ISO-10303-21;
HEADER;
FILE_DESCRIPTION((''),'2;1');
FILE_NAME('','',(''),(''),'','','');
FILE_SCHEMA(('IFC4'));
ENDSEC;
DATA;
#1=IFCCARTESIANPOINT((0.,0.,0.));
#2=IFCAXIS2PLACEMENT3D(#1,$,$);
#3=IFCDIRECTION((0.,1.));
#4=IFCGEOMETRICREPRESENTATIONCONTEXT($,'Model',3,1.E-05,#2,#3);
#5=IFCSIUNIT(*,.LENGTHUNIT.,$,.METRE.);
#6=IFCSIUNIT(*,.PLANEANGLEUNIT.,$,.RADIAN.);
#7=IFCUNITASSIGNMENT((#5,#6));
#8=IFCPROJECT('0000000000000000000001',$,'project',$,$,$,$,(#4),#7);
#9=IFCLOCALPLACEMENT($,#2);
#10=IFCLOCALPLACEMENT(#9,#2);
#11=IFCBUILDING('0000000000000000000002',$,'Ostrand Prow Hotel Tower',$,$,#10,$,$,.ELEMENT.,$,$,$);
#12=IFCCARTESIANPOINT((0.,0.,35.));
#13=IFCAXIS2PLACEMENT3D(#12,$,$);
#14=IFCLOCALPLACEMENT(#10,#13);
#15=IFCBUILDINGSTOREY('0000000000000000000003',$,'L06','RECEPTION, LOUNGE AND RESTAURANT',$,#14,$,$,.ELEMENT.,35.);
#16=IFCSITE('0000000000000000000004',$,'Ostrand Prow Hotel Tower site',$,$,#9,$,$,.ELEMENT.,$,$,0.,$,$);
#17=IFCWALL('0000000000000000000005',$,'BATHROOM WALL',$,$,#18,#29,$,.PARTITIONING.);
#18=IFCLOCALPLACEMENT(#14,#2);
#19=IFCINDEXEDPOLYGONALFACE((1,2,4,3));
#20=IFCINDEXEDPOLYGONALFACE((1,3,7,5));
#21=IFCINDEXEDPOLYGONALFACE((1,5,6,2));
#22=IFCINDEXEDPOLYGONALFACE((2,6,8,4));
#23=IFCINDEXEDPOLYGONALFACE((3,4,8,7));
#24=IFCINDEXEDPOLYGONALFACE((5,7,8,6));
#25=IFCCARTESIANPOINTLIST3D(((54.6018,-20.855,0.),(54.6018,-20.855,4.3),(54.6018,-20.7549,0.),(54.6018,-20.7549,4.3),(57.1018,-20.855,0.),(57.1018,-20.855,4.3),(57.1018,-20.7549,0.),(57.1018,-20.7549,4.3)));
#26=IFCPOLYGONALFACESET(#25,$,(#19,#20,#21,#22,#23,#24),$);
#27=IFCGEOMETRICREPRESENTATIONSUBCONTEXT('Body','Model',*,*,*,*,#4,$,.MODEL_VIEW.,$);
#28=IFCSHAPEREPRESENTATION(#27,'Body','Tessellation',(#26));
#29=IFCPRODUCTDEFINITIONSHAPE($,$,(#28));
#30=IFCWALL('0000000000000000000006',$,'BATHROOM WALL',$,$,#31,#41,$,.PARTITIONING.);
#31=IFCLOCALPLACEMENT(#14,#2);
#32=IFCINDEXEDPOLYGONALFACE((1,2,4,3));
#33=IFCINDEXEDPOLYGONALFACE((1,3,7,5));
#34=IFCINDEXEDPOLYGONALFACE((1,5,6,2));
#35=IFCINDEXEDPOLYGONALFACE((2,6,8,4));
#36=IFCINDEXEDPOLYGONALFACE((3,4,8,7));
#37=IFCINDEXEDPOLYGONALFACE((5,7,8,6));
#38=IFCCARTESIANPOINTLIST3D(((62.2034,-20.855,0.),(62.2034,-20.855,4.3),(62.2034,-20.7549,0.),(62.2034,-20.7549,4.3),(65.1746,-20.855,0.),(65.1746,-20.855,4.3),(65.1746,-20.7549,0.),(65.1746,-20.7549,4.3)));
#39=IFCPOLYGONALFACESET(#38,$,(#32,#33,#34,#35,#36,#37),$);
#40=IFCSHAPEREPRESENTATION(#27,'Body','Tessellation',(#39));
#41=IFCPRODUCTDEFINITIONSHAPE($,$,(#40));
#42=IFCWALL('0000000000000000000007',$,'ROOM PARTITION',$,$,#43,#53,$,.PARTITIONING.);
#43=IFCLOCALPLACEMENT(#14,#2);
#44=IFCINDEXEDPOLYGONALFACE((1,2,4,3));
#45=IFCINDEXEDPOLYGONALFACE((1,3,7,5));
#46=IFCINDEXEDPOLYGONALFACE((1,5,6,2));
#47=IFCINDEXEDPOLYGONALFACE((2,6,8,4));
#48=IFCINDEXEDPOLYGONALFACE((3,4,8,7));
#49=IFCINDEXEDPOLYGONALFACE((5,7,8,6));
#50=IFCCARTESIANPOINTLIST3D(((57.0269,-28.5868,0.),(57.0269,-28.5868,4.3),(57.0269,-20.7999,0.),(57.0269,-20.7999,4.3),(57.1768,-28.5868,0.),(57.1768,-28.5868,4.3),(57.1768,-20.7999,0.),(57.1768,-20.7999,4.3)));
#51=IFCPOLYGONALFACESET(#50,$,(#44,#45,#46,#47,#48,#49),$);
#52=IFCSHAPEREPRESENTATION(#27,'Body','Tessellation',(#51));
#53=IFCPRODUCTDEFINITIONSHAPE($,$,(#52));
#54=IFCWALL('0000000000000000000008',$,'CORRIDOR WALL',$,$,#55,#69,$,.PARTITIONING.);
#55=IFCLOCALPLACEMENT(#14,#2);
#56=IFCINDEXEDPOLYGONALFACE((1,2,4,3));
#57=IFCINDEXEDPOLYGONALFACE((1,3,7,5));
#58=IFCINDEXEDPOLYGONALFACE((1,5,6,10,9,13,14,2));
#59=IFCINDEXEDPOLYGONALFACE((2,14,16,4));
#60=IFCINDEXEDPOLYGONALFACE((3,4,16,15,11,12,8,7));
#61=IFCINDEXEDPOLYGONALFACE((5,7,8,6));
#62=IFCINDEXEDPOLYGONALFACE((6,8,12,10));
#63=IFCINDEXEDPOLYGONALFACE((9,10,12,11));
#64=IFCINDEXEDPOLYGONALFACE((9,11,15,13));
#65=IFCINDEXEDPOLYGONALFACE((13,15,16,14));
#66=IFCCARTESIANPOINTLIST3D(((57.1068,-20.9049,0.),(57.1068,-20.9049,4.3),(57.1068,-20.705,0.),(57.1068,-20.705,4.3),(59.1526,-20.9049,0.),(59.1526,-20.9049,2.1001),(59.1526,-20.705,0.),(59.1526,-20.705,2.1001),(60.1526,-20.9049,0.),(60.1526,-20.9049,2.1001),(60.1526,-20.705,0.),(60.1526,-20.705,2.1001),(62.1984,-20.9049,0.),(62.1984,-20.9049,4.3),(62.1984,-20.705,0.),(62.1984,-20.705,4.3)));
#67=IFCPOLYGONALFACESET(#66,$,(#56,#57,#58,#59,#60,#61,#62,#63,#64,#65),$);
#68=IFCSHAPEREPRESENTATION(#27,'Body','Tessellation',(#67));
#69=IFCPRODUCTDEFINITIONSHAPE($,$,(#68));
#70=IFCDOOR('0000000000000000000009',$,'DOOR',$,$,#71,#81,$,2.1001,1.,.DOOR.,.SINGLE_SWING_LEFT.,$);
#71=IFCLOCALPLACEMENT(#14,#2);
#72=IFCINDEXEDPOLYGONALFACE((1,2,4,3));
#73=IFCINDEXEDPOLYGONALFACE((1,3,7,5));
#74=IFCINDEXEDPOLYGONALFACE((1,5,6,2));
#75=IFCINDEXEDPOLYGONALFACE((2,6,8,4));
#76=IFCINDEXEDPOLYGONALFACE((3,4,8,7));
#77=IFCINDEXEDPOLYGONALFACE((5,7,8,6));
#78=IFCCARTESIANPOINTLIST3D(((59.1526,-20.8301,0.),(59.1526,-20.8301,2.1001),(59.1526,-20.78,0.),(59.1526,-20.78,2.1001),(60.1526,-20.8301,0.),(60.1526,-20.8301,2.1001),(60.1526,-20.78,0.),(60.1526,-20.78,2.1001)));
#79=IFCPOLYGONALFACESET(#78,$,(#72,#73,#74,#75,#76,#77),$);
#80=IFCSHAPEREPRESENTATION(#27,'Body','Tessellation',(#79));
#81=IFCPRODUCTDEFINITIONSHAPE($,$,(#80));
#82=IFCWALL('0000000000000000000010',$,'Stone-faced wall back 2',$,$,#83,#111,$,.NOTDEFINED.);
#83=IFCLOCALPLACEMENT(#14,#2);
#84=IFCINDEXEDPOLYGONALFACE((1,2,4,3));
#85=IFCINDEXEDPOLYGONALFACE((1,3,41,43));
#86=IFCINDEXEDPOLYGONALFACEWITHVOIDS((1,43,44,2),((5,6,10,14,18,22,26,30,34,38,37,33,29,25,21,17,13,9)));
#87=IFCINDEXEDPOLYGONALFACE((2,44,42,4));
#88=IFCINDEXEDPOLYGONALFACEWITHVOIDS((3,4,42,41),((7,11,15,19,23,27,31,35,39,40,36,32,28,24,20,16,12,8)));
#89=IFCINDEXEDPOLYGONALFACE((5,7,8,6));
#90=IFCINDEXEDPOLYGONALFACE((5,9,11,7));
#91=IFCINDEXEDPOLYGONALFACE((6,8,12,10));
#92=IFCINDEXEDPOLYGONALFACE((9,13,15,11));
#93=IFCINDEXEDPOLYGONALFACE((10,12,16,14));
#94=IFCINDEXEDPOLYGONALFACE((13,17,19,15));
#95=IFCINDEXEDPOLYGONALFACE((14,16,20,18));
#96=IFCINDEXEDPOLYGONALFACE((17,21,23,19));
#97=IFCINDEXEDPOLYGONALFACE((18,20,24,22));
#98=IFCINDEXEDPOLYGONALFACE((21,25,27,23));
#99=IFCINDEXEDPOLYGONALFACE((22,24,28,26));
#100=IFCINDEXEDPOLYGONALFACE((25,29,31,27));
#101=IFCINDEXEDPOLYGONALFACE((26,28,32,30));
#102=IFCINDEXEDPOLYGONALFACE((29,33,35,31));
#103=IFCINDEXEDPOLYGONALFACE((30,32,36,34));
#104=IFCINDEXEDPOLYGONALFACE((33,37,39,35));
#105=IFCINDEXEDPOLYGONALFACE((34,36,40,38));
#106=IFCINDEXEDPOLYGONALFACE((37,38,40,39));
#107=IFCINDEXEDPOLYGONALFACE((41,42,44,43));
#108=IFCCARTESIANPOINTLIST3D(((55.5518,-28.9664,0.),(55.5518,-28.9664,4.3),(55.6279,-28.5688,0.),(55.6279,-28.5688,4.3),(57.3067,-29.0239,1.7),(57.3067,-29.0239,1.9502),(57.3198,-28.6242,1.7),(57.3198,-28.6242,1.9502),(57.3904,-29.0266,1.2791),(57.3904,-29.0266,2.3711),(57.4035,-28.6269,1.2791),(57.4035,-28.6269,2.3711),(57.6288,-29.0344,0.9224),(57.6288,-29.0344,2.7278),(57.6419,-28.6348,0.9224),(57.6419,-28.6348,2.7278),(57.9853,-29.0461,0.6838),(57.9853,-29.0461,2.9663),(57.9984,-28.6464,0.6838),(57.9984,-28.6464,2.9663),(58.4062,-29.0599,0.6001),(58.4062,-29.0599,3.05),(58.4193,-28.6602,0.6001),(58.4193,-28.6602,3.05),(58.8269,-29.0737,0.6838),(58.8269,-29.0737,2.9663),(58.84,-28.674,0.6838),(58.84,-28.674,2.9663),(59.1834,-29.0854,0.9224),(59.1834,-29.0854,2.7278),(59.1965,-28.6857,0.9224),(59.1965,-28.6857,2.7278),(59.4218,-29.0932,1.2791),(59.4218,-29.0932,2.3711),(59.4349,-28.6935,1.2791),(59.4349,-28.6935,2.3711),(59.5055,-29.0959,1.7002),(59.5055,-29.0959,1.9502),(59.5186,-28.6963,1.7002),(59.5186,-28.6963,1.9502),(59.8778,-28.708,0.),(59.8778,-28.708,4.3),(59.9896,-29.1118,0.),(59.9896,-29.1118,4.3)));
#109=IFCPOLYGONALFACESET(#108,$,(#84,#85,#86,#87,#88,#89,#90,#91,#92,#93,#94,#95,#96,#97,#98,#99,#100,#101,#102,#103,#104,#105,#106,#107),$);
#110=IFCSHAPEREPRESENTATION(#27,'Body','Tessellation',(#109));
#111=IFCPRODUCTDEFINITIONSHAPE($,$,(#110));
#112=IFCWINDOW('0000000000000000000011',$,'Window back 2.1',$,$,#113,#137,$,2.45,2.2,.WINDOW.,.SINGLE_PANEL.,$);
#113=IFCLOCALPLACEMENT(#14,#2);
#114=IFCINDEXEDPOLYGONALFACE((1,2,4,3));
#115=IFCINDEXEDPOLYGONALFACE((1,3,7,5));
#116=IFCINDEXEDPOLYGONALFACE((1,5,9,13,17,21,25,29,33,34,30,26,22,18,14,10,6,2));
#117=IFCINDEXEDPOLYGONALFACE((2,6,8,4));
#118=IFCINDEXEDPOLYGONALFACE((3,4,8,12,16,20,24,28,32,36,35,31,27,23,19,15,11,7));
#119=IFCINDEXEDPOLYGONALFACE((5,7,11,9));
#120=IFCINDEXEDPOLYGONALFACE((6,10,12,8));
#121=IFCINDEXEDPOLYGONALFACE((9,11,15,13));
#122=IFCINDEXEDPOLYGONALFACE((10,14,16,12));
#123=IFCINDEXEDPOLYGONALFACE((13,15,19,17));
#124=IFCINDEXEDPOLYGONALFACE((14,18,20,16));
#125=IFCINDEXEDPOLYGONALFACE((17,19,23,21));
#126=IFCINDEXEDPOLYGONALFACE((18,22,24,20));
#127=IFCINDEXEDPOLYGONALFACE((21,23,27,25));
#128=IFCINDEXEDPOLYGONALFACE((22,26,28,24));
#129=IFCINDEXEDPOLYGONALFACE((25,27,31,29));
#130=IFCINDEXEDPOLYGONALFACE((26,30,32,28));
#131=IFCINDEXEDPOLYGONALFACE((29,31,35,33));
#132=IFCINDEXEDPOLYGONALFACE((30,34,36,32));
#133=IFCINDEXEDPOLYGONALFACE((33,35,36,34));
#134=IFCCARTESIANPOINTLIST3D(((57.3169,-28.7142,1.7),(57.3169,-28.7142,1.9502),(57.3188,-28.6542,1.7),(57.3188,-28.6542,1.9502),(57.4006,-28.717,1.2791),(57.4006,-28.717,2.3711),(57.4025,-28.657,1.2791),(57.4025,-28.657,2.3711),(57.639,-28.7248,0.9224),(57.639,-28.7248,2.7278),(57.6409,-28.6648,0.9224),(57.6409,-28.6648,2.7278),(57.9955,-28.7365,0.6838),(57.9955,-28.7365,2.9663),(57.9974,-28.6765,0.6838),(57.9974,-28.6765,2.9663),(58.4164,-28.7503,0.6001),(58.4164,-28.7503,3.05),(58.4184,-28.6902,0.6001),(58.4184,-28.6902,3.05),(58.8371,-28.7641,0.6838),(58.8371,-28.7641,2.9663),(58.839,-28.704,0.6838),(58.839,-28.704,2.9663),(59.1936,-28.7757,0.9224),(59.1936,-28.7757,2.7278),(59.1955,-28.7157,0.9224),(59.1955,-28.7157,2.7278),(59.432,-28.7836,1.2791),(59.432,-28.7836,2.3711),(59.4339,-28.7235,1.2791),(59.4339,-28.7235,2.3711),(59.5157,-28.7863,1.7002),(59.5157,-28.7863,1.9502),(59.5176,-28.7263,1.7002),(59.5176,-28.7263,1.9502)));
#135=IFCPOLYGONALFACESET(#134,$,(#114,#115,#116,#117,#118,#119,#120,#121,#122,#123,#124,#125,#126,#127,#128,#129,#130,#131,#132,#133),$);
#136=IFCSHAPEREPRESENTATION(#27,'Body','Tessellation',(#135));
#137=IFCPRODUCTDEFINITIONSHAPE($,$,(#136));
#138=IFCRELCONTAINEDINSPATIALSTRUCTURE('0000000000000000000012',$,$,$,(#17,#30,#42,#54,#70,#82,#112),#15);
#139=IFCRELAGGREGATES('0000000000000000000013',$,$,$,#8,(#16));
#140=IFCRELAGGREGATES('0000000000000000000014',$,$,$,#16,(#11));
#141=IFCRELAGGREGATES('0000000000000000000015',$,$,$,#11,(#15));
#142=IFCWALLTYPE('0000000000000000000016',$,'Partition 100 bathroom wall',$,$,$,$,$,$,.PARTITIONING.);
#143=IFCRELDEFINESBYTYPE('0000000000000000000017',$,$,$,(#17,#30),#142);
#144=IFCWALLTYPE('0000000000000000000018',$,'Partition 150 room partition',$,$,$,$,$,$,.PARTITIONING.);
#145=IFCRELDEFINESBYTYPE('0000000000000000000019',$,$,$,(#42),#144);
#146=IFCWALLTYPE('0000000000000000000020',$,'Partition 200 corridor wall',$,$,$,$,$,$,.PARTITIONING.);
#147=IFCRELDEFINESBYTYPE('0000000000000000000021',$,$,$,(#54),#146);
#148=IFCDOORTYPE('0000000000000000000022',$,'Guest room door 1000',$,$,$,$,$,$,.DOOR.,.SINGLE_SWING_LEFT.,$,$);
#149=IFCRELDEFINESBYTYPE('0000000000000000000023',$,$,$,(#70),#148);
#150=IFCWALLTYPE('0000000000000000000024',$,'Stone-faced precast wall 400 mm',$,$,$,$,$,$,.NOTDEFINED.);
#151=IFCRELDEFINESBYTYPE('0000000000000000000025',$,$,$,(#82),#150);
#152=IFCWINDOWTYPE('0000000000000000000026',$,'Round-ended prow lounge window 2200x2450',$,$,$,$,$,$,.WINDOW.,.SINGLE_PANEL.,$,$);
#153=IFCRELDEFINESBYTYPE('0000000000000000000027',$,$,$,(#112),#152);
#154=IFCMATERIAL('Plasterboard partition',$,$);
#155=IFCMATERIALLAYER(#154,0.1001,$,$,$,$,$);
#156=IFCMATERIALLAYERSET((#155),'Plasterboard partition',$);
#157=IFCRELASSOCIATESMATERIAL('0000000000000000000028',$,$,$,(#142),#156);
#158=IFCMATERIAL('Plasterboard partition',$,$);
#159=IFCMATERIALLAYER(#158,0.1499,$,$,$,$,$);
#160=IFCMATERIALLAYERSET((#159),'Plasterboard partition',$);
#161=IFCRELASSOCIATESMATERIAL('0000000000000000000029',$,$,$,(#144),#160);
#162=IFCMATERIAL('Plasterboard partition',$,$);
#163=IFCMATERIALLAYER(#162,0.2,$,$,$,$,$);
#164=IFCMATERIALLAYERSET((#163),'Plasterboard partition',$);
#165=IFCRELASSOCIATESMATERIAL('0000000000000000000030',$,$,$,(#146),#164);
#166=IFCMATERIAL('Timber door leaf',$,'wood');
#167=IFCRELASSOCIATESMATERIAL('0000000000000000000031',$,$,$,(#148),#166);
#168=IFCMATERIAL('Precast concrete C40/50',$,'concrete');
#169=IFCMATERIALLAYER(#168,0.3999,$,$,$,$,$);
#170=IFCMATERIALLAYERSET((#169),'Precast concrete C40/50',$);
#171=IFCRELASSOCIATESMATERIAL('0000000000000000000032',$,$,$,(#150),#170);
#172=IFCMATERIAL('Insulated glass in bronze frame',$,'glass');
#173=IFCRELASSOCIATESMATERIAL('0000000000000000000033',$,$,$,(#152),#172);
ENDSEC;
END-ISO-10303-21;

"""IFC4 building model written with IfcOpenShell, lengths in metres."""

from ifc_helpers import new_model, si_unit, direction, frame, frame_2d, origin, place, context, subcontext, project, spatial, polyline, rectangle, outline, extrude, material, layer, layer_set, type_object, element, fill, save


model = new_model("IFC4")

# Units and contexts
model_context = context("Model", 3, precision=1e-05, world=origin(), true_north=direction((0.0, 1.0)))
body_context = subcontext(model_context, "Body", "Model", "MODEL_VIEW")
ifc_project = project(units=[si_unit("LENGTHUNIT", "METRE"), si_unit("PLANEANGLEUNIT", "RADIAN")], contexts=[model_context])

# Site, building, storey
site_placement = place(None, origin())
site = spatial("IfcSite", under=ifc_project, at=site_placement, Name="Ostrand Prow Hotel Tower site", CompositionType="ELEMENT", RefElevation=0.0)
building_placement = place(site_placement, origin())
building = spatial("IfcBuilding", under=site, at=building_placement, Name="Ostrand Prow Hotel Tower", CompositionType="ELEMENT")
storey_placement = place(building_placement, frame((0.0, 0.0, 35.0)))
storey = spatial("IfcBuildingStorey", under=building, at=storey_placement, Name="L06", Description="RECEPTION, LOUNGE AND RESTAURANT", CompositionType="ELEMENT", Elevation=35.0)

# Shared definitions
ifc_material_1 = material(Name="Plasterboard partition")
ifc_layer_1 = layer(ifc_material_1, 0.1001)
ifc_layer_set_1 = layer_set([ifc_layer_1], Name="Plasterboard partition")
wall_type_1 = type_object("IfcWallType", Name="Partition 100 bathroom wall", PredefinedType="PARTITIONING", material=ifc_layer_set_1)

# Walls
wall_1_placement = place(storey_placement, frame((54.6018, -20.8049, 0.0), z_axis=(0.0, 0.0, 1.0), x_axis=(1.0, 0.0, 0.0)))
element("IfcWall", 1, at=wall_1_placement, inside=storey, type_object=wall_type_1, Name="BATHROOM WALL", PredefinedType="PARTITIONING", context=body_context, shape_type="SweptSolid", body=[
    extrude(rectangle(XDim=2.5, YDim=0.1001, at=frame_2d((1.25, 0.0))), origin(), (0.0, 0.0, 1.0), 4.3),
])
wall_2_placement = place(storey_placement, frame((62.2034, -20.8049, 0.0), z_axis=(0.0, 0.0, 1.0), x_axis=(1.0, 0.0, 0.0)))
element("IfcWall", 2, at=wall_2_placement, inside=storey, type_object=wall_type_1, Name="BATHROOM WALL", PredefinedType="PARTITIONING", context=body_context, shape_type="SweptSolid", body=[
    extrude(rectangle(XDim=2.9712, YDim=0.1001, at=frame_2d((1.4856, 0.0))), origin(), (0.0, 0.0, 1.0), 4.3),
])
ifc_material_2 = material(Name="Plasterboard partition")
ifc_layer_2 = layer(ifc_material_2, 0.1499)
ifc_layer_set_2 = layer_set([ifc_layer_2], Name="Plasterboard partition")
wall_type_2 = type_object("IfcWallType", Name="Partition 150 room partition", PredefinedType="PARTITIONING", material=ifc_layer_set_2)
wall_3_placement = place(storey_placement, frame((57.1018, -28.5869, 0.0), z_axis=(0.0, 0.0, 1.0), x_axis=(0.0, 1.0, 0.0)))
element("IfcWall", 3, at=wall_3_placement, inside=storey, type_object=wall_type_2, Name="ROOM PARTITION", PredefinedType="PARTITIONING", context=body_context, shape_type="SweptSolid", body=[
    extrude(rectangle(XDim=7.7869, YDim=0.1499, at=frame_2d((3.8936, 0.0))), origin(), (0.0, 0.0, 1.0), 4.3),
])

# Wall, opening, door
ifc_material_3 = material(Name="Plasterboard partition")
ifc_layer_3 = layer(ifc_material_3, 0.2)
ifc_layer_set_3 = layer_set([ifc_layer_3], Name="Plasterboard partition")
wall_type_3 = type_object("IfcWallType", Name="Partition 200 corridor wall", PredefinedType="PARTITIONING", material=ifc_layer_set_3)
wall_4_placement = place(storey_placement, frame((57.1067, -20.8049, 0.0), z_axis=(0.0, 0.0, 1.0), x_axis=(1.0, 0.0, 0.0)))
wall_4 = element("IfcWall", 4, at=wall_4_placement, inside=storey, type_object=wall_type_3, Name="CORRIDOR WALL", PredefinedType="PARTITIONING", context=body_context, shape_type="SweptSolid", body=[
    extrude(rectangle(XDim=5.0916, YDim=0.2, at=frame_2d((2.5459, 0.0))), origin(), (0.0, 0.0, 1.0), 4.3),
])
opening_1_placement = place(wall_4_placement, frame((2.0459, 0.0, 0.0)))
opening_1 = element("IfcOpeningElement", 5, at=opening_1_placement, cuts=wall_4, PredefinedType="OPENING", context=body_context, shape_type="SweptSolid", body=[
    extrude(rectangle(XDim=1.0, YDim=2.1001, at=frame_2d((0.5, 1.05))), frame((0.0, 0.1099, 0.0), z_axis=(0.0, -1.0, 0.0), x_axis=(1.0, 0.0, 0.0)), (0.0, 0.0, 1.0), 0.22),
])
ifc_material_4 = material(Name="Timber door leaf", Category="wood")
door_type_1 = type_object("IfcDoorType", Name="Guest room door 1000", OperationType="SINGLE_SWING_LEFT", PredefinedType="DOOR", material=ifc_material_4)
door_1_placement = place(opening_1_placement, origin())
door_1 = element("IfcDoor", 6, at=door_1_placement, inside=storey, type_object=door_type_1, Name="DOOR", OperationType="SINGLE_SWING_LEFT", OverallHeight=2.1001, OverallWidth=1.0, PredefinedType="DOOR", context=body_context, shape_type="SweptSolid", body=[
    extrude(rectangle(XDim=1.0, YDim=2.1001, at=frame_2d((0.5, 1.05))), frame((0.0, 0.0249, 0.0), z_axis=(0.0, -1.0, 0.0), x_axis=(1.0, 0.0, 0.0)), (0.0, 0.0, 1.0), 0.05),
])
fill(opening_1, door_1)

# Wall, opening, window
ifc_material_5 = material(Name="Precast concrete C40/50", Category="concrete")
ifc_layer_4 = layer(ifc_material_5, 0.3999)
ifc_layer_set_4 = layer_set([ifc_layer_4], Name="Precast concrete C40/50")
wall_type_4 = type_object("IfcWallType", Name="Stone-faced precast wall 400 mm", PredefinedType="NOTDEFINED", material=ifc_layer_set_4)
wall_5_placement = place(storey_placement, frame((55.5898, -28.7676, 0.0), z_axis=(0.0, 0.0, 1.0), x_axis=(0.999464, -0.03275, 0.0)))
wall_5 = element("IfcWall", 7, at=wall_5_placement, inside=storey, type_object=wall_type_4, Name="Stone-faced wall back 2", PredefinedType="NOTDEFINED", context=body_context, shape_type="SweptSolid", body=[
    extrude(outline(polyline([(-0.0315, -0.2), (4.4087, -0.2), (4.2837, 0.2), (0.0315, 0.2), (-0.0315, -0.2)])), origin(), (0.0, 0.0, 1.0), 4.3),
])
opening_2_placement = place(wall_5_placement, frame((1.7244, 0.0, 0.6001)))
opening_2 = element("IfcOpeningElement", 8, at=opening_2_placement, cuts=wall_5, PredefinedType="OPENING", context=body_context, shape_type="SweptSolid", body=[
    extrude(outline(polyline([(0.0, 1.3501), (0.0837, 1.771), (0.3223, 2.1277), (0.679, 2.3662), (1.1001, 2.45), (1.521, 2.3662), (1.8777, 2.1277), (2.1162, 1.771), (2.2, 1.3501), (2.2, 1.1001), (2.1162, 0.679), (1.8777, 0.3223), (1.521, 0.0837), (1.1001, 0.0), (0.679, 0.0837), (0.3223, 0.3223), (0.0837, 0.679), (0.0, 1.0999), (0.0, 1.3501)])), frame((0.0, 0.21, 0.0), z_axis=(0.0, -1.0, 0.0), x_axis=(1.0, 0.0, 0.0)), (0.0, 0.0, 1.0), 0.4199),
])
ifc_material_6 = material(Name="Insulated glass in bronze frame", Category="glass")
window_type_1 = type_object("IfcWindowType", Name="Round-ended prow lounge window 2200x2450", PartitioningType="SINGLE_PANEL", PredefinedType="WINDOW", material=ifc_material_6)
window_1_placement = place(opening_2_placement, origin())
window_1 = element("IfcWindow", 9, at=window_1_placement, inside=storey, type_object=window_type_1, Name="Window back 2.1", OverallHeight=2.45, OverallWidth=2.2, PartitioningType="SINGLE_PANEL", PredefinedType="WINDOW", context=body_context, shape_type="SweptSolid", body=[
    extrude(outline(polyline([(0.0, 1.3501), (0.0837, 1.771), (0.3223, 2.1277), (0.679, 2.3662), (1.1001, 2.45), (1.521, 2.3662), (1.8777, 2.1277), (2.1162, 1.771), (2.2, 1.3501), (2.2, 1.1001), (2.1162, 0.679), (1.8777, 0.3223), (1.521, 0.0837), (1.1001, 0.0), (0.679, 0.0837), (0.3223, 0.3223), (0.0837, 0.679), (0.0, 1.0999), (0.0, 1.3501)])), frame((0.0, 0.1699, 0.0), z_axis=(0.0, -1.0, 0.0), x_axis=(1.0, 0.0, 0.0)), (0.0, 0.0, 1.0), 0.0601),
])
fill(opening_2, window_1)

save(model, "model.ifc")
